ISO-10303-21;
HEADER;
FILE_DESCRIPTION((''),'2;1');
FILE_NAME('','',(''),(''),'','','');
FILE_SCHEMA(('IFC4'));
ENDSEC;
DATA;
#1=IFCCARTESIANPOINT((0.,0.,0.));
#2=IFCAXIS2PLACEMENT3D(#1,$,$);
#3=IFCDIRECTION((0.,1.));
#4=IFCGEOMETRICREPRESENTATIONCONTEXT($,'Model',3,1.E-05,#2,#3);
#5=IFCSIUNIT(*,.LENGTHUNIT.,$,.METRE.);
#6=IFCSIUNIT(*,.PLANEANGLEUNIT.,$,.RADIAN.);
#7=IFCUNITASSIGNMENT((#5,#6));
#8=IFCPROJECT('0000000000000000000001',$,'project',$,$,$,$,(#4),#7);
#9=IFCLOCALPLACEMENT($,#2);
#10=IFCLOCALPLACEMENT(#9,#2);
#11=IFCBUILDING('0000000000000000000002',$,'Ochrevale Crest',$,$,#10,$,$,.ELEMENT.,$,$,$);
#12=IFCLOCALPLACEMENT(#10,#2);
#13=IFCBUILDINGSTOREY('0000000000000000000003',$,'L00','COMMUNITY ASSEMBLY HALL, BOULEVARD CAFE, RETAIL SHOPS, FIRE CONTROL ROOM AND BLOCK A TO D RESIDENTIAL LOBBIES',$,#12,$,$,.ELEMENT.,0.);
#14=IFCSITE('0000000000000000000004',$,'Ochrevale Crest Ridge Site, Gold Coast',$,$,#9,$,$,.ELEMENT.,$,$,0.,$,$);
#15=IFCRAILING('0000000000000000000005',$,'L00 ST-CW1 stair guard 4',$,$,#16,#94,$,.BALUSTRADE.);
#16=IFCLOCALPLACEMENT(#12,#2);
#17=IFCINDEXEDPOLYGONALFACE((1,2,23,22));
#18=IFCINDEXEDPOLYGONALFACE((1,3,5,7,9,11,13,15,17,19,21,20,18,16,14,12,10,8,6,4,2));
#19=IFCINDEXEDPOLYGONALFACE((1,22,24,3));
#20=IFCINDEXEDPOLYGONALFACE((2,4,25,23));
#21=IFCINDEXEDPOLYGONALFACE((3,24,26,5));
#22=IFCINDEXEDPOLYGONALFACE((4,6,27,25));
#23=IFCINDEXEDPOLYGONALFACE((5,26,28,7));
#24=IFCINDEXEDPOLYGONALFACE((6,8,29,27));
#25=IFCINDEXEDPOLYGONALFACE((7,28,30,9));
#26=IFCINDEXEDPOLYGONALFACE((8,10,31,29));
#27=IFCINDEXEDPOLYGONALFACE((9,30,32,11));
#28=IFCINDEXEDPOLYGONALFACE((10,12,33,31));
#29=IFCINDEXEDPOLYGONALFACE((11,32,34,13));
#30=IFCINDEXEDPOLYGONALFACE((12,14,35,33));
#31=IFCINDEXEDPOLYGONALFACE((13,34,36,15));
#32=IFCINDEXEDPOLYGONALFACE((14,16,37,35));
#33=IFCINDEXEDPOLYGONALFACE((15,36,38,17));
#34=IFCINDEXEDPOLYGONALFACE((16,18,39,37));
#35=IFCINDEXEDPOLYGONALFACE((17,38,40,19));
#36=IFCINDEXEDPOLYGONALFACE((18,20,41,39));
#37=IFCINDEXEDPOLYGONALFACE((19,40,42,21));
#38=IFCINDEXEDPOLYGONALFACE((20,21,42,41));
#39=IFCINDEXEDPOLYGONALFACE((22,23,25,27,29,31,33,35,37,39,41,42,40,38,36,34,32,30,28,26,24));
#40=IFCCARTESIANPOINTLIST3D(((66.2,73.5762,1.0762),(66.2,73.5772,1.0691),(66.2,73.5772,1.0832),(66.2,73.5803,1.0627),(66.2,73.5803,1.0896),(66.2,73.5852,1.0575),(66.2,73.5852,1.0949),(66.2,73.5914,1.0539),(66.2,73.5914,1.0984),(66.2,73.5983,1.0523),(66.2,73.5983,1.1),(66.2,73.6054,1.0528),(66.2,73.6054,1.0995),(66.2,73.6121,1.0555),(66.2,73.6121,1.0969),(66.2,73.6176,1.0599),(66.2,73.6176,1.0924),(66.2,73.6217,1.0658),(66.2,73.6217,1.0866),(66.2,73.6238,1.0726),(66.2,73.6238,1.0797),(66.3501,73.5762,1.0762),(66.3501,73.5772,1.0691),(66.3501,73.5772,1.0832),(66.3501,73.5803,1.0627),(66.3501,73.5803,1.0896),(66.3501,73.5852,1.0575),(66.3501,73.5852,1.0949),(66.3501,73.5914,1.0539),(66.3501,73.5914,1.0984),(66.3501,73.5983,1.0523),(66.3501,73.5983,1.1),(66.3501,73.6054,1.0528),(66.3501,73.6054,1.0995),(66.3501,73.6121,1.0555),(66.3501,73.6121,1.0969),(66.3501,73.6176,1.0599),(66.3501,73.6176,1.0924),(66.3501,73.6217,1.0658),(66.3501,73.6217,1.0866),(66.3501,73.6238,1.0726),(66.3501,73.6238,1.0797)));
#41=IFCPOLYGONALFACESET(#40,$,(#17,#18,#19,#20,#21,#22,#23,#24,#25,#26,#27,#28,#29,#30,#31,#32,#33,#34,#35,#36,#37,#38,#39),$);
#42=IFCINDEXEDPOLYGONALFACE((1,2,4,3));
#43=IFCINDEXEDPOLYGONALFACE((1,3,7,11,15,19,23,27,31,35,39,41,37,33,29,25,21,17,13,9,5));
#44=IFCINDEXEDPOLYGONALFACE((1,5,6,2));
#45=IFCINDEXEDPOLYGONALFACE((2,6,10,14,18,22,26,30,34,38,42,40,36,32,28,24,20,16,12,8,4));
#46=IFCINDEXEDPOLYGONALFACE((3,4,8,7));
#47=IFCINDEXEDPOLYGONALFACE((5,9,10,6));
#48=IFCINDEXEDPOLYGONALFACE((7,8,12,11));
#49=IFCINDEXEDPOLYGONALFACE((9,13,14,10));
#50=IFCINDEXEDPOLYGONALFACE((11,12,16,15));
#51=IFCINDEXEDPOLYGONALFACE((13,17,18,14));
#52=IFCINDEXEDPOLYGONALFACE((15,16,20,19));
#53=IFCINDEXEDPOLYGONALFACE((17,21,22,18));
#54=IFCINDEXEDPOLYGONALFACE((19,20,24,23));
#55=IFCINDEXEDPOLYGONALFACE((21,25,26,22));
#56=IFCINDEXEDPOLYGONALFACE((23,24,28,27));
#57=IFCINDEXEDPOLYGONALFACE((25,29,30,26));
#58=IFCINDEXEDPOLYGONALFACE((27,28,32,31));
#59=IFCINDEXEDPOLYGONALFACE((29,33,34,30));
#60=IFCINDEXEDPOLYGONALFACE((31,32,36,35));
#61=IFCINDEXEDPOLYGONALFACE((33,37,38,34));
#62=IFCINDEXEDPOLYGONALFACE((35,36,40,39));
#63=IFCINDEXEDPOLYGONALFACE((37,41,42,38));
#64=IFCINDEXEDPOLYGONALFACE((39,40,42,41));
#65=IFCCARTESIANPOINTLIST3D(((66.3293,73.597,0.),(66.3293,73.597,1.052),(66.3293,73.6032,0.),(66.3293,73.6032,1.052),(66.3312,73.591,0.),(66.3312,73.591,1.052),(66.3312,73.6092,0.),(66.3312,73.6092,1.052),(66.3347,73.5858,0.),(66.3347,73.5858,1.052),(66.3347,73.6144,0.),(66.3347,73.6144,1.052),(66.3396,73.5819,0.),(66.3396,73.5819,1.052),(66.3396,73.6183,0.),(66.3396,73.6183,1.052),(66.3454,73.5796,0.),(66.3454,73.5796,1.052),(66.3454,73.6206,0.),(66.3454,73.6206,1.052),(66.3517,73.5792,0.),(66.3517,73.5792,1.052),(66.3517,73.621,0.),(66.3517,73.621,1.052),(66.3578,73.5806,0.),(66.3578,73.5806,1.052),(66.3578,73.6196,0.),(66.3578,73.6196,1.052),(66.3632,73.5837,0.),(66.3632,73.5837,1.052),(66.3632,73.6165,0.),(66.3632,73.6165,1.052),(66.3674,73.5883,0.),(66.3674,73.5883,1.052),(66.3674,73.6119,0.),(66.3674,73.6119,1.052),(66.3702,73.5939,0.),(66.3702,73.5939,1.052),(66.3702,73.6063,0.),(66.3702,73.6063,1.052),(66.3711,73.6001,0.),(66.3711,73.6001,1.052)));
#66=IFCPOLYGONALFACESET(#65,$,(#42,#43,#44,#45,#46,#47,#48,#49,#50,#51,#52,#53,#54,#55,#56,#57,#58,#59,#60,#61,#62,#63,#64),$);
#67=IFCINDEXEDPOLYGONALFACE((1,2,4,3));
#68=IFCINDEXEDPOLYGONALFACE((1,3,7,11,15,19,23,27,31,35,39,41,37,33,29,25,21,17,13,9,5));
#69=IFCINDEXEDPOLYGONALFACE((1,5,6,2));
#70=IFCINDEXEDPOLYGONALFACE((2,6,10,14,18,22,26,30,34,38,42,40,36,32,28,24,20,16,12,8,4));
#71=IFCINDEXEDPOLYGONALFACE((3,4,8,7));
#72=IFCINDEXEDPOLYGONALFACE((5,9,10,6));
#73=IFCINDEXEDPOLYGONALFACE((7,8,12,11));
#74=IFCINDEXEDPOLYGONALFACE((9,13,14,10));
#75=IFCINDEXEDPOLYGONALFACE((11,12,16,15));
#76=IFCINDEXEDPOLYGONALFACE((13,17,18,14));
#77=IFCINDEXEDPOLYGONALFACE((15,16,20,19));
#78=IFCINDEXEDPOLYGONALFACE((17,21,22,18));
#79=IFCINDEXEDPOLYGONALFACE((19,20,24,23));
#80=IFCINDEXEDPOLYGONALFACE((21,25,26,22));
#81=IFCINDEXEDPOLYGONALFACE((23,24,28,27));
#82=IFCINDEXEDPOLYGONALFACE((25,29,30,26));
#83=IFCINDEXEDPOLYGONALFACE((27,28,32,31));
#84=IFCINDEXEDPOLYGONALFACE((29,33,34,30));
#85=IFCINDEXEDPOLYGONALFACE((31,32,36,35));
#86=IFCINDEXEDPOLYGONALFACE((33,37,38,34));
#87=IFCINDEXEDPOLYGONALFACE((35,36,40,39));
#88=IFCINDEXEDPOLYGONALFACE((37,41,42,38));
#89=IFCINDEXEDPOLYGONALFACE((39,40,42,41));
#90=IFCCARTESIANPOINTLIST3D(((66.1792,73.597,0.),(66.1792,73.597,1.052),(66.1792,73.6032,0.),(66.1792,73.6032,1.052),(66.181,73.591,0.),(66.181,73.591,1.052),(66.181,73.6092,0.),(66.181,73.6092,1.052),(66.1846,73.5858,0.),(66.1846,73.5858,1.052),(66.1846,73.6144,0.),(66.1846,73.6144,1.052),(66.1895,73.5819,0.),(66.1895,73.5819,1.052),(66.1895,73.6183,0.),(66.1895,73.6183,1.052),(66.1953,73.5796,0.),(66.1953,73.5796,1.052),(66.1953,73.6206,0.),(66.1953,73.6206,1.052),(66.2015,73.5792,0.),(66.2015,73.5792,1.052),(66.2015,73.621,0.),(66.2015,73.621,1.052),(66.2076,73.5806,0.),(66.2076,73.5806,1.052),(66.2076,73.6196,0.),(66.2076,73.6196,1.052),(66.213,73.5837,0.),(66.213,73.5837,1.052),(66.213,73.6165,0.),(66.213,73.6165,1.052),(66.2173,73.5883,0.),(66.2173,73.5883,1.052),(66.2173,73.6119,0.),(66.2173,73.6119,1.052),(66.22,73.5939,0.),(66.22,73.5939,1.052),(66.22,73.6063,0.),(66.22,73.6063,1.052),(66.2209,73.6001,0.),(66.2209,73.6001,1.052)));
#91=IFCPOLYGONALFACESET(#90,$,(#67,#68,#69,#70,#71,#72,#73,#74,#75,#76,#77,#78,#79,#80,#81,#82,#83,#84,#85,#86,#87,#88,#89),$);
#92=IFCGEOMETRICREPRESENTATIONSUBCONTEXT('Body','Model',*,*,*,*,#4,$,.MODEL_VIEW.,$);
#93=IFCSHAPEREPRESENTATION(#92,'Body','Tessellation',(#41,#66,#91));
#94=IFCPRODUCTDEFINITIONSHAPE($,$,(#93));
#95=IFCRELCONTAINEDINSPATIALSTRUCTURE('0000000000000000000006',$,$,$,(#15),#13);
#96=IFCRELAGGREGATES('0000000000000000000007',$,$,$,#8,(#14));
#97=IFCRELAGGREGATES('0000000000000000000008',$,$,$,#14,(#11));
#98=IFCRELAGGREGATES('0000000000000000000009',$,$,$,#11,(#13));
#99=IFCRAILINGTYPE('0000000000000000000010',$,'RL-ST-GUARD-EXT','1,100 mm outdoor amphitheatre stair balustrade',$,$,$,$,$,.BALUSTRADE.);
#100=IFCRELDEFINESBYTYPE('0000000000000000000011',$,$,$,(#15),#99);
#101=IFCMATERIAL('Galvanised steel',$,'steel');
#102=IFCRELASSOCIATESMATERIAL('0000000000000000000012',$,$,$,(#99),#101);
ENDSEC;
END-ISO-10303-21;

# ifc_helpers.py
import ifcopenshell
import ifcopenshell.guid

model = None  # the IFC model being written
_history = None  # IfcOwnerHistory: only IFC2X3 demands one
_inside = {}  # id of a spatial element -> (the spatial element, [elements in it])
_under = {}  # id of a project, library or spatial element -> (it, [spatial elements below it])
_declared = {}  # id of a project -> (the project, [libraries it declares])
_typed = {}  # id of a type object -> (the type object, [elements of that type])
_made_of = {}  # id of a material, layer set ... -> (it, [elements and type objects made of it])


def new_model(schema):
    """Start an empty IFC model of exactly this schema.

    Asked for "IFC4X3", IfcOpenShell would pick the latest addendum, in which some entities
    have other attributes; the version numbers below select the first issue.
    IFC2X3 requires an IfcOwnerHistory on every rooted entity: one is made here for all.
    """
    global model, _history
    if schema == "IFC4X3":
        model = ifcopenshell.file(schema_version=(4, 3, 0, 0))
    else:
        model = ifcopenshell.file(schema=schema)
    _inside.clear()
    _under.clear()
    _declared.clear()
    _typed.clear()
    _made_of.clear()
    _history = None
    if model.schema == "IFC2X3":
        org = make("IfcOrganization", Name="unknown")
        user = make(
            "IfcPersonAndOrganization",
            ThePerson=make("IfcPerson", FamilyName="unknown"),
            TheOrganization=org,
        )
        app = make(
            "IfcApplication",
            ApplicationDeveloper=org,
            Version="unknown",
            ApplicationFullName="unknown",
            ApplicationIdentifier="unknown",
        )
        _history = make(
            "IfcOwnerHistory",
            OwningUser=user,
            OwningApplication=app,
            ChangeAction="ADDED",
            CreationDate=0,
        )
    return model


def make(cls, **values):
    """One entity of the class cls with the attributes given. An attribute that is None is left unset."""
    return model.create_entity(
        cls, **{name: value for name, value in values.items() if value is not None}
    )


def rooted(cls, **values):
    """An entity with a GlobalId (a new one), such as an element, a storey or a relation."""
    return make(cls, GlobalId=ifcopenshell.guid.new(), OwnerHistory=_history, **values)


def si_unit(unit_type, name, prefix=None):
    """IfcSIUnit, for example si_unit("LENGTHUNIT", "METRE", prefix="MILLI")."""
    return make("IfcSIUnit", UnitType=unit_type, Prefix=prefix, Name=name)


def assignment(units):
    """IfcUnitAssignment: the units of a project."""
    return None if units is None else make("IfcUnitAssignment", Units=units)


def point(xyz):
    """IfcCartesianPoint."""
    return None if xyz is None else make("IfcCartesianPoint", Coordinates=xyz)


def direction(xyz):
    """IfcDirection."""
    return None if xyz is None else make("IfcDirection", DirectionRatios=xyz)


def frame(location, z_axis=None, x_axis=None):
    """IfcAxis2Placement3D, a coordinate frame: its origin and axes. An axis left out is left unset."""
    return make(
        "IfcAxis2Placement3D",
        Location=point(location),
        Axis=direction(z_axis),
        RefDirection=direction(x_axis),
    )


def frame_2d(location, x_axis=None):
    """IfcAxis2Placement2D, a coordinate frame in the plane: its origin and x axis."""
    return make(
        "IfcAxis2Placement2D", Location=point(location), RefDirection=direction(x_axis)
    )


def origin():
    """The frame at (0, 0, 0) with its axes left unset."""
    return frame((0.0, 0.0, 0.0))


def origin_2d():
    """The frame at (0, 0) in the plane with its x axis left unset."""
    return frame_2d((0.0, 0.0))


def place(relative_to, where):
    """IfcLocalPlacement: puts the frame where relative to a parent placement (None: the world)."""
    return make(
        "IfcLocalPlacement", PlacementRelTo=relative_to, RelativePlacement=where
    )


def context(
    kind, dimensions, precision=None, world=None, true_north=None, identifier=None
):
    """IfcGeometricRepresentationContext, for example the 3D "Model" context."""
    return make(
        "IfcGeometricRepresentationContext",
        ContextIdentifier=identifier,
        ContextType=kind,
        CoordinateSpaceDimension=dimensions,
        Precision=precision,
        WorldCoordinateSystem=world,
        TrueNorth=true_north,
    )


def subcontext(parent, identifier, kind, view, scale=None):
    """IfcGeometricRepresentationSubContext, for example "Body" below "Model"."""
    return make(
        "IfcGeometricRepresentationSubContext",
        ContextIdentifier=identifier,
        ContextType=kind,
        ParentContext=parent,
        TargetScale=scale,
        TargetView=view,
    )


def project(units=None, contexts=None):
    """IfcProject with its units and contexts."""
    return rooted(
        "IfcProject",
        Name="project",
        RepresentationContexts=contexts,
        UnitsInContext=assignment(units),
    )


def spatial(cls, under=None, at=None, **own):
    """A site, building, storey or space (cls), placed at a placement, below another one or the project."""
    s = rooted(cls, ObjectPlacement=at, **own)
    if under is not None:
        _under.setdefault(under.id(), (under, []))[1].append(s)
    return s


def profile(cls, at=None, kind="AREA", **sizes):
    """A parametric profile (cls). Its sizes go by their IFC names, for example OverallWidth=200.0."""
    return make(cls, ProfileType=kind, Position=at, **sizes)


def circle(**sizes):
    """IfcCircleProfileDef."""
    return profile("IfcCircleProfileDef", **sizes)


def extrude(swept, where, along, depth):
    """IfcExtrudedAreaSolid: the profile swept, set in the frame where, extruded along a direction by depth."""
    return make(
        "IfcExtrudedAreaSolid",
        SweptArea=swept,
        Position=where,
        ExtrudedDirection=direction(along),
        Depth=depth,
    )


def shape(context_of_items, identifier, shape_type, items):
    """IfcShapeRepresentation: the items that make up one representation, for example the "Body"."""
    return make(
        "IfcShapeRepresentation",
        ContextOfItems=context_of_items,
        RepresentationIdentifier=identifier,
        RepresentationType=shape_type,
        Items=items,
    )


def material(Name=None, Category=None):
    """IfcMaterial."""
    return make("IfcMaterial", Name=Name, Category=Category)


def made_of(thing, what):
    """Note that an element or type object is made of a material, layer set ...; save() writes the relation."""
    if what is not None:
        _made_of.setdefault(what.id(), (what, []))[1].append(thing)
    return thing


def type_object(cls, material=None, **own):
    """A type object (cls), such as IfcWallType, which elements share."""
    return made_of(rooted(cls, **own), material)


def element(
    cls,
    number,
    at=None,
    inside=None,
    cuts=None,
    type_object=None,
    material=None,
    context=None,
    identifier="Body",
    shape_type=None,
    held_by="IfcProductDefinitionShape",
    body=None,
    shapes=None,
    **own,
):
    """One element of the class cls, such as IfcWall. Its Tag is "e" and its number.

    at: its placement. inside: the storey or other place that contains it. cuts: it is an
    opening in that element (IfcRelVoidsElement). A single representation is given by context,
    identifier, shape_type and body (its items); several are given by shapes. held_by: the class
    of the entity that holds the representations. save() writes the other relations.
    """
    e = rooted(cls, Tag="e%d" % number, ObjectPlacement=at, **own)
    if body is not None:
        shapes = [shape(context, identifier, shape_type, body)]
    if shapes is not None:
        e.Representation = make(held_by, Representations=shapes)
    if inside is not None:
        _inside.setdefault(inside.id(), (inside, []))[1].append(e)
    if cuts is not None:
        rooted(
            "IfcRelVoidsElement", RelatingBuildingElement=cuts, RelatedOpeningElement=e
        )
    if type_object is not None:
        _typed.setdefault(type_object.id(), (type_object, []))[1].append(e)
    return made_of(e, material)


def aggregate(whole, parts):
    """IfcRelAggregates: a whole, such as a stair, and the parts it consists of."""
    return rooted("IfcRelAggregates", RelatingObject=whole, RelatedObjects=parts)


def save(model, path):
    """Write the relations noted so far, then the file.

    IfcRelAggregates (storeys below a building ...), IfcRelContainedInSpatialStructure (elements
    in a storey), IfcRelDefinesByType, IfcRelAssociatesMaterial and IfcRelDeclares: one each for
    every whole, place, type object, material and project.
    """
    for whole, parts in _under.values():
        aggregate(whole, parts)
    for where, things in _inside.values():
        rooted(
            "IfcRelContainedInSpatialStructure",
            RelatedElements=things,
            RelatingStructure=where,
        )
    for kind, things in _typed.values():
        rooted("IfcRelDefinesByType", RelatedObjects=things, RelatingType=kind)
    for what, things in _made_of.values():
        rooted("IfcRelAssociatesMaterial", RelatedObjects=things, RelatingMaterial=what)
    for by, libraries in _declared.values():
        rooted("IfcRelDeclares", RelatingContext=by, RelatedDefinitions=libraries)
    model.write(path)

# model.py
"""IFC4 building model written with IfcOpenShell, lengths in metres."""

from ifc_helpers import new_model, si_unit, direction, frame, origin, origin_2d, place, context, subcontext, project, spatial, circle, extrude, material, type_object, element, save


model = new_model("IFC4")

# Units and contexts
model_context = context("Model", 3, precision=1e-05, world=origin(), true_north=direction((0.0, 1.0)))
body_context = subcontext(model_context, "Body", "Model", "MODEL_VIEW")
ifc_project = project(units=[si_unit("LENGTHUNIT", "METRE"), si_unit("PLANEANGLEUNIT", "RADIAN")], contexts=[model_context])

# Site, building, storey
site_placement = place(None, origin())
site = spatial("IfcSite", under=ifc_project, at=site_placement, Name="Ochrevale Crest Ridge Site, Gold Coast", CompositionType="ELEMENT", RefElevation=0.0)
building_placement = place(site_placement, origin())
building = spatial("IfcBuilding", under=site, at=building_placement, Name="Ochrevale Crest", CompositionType="ELEMENT")
storey_placement = place(building_placement, origin())
storey = spatial("IfcBuildingStorey", under=building, at=storey_placement, Name="L00", Description="COMMUNITY ASSEMBLY HALL, BOULEVARD CAFE, RETAIL SHOPS, FIRE CONTROL ROOM AND BLOCK A TO D RESIDENTIAL LOBBIES", CompositionType="ELEMENT", Elevation=0.0)

# Railing
ifc_material_1 = material(Name="Galvanised steel", Category="steel")
railing_type_1 = type_object("IfcRailingType", Name="RL-ST-GUARD-EXT", Description="1,100 mm outdoor amphitheatre stair balustrade", PredefinedType="BALUSTRADE", material=ifc_material_1)
railing_1_placement = place(storey_placement, frame((66.3501, 73.6001, 0.0)))
element("IfcRailing", 1, at=railing_1_placement, inside=storey, type_object=railing_type_1, Name="L00 ST-CW1 stair guard 4", PredefinedType="BALUSTRADE", context=body_context, shape_type="SweptSolid", body=[
    extrude(circle(Radius=0.0239, at=origin_2d()), frame((0.0, 0.0, 1.0762), z_axis=(-1.0, 0.0, 0.0), x_axis=(0.0, -1.0, 0.0)), (0.0, 0.0, 1.0), 0.1501),
    extrude(circle(Radius=0.021, at=origin_2d()), origin(), (0.0, 0.0, 1.0), 1.052),
    extrude(circle(Radius=0.021, at=origin_2d()), frame((-0.1501, 0.0, 0.0)), (0.0, 0.0, 1.0), 1.052),
])

save(model, "model.ifc")
